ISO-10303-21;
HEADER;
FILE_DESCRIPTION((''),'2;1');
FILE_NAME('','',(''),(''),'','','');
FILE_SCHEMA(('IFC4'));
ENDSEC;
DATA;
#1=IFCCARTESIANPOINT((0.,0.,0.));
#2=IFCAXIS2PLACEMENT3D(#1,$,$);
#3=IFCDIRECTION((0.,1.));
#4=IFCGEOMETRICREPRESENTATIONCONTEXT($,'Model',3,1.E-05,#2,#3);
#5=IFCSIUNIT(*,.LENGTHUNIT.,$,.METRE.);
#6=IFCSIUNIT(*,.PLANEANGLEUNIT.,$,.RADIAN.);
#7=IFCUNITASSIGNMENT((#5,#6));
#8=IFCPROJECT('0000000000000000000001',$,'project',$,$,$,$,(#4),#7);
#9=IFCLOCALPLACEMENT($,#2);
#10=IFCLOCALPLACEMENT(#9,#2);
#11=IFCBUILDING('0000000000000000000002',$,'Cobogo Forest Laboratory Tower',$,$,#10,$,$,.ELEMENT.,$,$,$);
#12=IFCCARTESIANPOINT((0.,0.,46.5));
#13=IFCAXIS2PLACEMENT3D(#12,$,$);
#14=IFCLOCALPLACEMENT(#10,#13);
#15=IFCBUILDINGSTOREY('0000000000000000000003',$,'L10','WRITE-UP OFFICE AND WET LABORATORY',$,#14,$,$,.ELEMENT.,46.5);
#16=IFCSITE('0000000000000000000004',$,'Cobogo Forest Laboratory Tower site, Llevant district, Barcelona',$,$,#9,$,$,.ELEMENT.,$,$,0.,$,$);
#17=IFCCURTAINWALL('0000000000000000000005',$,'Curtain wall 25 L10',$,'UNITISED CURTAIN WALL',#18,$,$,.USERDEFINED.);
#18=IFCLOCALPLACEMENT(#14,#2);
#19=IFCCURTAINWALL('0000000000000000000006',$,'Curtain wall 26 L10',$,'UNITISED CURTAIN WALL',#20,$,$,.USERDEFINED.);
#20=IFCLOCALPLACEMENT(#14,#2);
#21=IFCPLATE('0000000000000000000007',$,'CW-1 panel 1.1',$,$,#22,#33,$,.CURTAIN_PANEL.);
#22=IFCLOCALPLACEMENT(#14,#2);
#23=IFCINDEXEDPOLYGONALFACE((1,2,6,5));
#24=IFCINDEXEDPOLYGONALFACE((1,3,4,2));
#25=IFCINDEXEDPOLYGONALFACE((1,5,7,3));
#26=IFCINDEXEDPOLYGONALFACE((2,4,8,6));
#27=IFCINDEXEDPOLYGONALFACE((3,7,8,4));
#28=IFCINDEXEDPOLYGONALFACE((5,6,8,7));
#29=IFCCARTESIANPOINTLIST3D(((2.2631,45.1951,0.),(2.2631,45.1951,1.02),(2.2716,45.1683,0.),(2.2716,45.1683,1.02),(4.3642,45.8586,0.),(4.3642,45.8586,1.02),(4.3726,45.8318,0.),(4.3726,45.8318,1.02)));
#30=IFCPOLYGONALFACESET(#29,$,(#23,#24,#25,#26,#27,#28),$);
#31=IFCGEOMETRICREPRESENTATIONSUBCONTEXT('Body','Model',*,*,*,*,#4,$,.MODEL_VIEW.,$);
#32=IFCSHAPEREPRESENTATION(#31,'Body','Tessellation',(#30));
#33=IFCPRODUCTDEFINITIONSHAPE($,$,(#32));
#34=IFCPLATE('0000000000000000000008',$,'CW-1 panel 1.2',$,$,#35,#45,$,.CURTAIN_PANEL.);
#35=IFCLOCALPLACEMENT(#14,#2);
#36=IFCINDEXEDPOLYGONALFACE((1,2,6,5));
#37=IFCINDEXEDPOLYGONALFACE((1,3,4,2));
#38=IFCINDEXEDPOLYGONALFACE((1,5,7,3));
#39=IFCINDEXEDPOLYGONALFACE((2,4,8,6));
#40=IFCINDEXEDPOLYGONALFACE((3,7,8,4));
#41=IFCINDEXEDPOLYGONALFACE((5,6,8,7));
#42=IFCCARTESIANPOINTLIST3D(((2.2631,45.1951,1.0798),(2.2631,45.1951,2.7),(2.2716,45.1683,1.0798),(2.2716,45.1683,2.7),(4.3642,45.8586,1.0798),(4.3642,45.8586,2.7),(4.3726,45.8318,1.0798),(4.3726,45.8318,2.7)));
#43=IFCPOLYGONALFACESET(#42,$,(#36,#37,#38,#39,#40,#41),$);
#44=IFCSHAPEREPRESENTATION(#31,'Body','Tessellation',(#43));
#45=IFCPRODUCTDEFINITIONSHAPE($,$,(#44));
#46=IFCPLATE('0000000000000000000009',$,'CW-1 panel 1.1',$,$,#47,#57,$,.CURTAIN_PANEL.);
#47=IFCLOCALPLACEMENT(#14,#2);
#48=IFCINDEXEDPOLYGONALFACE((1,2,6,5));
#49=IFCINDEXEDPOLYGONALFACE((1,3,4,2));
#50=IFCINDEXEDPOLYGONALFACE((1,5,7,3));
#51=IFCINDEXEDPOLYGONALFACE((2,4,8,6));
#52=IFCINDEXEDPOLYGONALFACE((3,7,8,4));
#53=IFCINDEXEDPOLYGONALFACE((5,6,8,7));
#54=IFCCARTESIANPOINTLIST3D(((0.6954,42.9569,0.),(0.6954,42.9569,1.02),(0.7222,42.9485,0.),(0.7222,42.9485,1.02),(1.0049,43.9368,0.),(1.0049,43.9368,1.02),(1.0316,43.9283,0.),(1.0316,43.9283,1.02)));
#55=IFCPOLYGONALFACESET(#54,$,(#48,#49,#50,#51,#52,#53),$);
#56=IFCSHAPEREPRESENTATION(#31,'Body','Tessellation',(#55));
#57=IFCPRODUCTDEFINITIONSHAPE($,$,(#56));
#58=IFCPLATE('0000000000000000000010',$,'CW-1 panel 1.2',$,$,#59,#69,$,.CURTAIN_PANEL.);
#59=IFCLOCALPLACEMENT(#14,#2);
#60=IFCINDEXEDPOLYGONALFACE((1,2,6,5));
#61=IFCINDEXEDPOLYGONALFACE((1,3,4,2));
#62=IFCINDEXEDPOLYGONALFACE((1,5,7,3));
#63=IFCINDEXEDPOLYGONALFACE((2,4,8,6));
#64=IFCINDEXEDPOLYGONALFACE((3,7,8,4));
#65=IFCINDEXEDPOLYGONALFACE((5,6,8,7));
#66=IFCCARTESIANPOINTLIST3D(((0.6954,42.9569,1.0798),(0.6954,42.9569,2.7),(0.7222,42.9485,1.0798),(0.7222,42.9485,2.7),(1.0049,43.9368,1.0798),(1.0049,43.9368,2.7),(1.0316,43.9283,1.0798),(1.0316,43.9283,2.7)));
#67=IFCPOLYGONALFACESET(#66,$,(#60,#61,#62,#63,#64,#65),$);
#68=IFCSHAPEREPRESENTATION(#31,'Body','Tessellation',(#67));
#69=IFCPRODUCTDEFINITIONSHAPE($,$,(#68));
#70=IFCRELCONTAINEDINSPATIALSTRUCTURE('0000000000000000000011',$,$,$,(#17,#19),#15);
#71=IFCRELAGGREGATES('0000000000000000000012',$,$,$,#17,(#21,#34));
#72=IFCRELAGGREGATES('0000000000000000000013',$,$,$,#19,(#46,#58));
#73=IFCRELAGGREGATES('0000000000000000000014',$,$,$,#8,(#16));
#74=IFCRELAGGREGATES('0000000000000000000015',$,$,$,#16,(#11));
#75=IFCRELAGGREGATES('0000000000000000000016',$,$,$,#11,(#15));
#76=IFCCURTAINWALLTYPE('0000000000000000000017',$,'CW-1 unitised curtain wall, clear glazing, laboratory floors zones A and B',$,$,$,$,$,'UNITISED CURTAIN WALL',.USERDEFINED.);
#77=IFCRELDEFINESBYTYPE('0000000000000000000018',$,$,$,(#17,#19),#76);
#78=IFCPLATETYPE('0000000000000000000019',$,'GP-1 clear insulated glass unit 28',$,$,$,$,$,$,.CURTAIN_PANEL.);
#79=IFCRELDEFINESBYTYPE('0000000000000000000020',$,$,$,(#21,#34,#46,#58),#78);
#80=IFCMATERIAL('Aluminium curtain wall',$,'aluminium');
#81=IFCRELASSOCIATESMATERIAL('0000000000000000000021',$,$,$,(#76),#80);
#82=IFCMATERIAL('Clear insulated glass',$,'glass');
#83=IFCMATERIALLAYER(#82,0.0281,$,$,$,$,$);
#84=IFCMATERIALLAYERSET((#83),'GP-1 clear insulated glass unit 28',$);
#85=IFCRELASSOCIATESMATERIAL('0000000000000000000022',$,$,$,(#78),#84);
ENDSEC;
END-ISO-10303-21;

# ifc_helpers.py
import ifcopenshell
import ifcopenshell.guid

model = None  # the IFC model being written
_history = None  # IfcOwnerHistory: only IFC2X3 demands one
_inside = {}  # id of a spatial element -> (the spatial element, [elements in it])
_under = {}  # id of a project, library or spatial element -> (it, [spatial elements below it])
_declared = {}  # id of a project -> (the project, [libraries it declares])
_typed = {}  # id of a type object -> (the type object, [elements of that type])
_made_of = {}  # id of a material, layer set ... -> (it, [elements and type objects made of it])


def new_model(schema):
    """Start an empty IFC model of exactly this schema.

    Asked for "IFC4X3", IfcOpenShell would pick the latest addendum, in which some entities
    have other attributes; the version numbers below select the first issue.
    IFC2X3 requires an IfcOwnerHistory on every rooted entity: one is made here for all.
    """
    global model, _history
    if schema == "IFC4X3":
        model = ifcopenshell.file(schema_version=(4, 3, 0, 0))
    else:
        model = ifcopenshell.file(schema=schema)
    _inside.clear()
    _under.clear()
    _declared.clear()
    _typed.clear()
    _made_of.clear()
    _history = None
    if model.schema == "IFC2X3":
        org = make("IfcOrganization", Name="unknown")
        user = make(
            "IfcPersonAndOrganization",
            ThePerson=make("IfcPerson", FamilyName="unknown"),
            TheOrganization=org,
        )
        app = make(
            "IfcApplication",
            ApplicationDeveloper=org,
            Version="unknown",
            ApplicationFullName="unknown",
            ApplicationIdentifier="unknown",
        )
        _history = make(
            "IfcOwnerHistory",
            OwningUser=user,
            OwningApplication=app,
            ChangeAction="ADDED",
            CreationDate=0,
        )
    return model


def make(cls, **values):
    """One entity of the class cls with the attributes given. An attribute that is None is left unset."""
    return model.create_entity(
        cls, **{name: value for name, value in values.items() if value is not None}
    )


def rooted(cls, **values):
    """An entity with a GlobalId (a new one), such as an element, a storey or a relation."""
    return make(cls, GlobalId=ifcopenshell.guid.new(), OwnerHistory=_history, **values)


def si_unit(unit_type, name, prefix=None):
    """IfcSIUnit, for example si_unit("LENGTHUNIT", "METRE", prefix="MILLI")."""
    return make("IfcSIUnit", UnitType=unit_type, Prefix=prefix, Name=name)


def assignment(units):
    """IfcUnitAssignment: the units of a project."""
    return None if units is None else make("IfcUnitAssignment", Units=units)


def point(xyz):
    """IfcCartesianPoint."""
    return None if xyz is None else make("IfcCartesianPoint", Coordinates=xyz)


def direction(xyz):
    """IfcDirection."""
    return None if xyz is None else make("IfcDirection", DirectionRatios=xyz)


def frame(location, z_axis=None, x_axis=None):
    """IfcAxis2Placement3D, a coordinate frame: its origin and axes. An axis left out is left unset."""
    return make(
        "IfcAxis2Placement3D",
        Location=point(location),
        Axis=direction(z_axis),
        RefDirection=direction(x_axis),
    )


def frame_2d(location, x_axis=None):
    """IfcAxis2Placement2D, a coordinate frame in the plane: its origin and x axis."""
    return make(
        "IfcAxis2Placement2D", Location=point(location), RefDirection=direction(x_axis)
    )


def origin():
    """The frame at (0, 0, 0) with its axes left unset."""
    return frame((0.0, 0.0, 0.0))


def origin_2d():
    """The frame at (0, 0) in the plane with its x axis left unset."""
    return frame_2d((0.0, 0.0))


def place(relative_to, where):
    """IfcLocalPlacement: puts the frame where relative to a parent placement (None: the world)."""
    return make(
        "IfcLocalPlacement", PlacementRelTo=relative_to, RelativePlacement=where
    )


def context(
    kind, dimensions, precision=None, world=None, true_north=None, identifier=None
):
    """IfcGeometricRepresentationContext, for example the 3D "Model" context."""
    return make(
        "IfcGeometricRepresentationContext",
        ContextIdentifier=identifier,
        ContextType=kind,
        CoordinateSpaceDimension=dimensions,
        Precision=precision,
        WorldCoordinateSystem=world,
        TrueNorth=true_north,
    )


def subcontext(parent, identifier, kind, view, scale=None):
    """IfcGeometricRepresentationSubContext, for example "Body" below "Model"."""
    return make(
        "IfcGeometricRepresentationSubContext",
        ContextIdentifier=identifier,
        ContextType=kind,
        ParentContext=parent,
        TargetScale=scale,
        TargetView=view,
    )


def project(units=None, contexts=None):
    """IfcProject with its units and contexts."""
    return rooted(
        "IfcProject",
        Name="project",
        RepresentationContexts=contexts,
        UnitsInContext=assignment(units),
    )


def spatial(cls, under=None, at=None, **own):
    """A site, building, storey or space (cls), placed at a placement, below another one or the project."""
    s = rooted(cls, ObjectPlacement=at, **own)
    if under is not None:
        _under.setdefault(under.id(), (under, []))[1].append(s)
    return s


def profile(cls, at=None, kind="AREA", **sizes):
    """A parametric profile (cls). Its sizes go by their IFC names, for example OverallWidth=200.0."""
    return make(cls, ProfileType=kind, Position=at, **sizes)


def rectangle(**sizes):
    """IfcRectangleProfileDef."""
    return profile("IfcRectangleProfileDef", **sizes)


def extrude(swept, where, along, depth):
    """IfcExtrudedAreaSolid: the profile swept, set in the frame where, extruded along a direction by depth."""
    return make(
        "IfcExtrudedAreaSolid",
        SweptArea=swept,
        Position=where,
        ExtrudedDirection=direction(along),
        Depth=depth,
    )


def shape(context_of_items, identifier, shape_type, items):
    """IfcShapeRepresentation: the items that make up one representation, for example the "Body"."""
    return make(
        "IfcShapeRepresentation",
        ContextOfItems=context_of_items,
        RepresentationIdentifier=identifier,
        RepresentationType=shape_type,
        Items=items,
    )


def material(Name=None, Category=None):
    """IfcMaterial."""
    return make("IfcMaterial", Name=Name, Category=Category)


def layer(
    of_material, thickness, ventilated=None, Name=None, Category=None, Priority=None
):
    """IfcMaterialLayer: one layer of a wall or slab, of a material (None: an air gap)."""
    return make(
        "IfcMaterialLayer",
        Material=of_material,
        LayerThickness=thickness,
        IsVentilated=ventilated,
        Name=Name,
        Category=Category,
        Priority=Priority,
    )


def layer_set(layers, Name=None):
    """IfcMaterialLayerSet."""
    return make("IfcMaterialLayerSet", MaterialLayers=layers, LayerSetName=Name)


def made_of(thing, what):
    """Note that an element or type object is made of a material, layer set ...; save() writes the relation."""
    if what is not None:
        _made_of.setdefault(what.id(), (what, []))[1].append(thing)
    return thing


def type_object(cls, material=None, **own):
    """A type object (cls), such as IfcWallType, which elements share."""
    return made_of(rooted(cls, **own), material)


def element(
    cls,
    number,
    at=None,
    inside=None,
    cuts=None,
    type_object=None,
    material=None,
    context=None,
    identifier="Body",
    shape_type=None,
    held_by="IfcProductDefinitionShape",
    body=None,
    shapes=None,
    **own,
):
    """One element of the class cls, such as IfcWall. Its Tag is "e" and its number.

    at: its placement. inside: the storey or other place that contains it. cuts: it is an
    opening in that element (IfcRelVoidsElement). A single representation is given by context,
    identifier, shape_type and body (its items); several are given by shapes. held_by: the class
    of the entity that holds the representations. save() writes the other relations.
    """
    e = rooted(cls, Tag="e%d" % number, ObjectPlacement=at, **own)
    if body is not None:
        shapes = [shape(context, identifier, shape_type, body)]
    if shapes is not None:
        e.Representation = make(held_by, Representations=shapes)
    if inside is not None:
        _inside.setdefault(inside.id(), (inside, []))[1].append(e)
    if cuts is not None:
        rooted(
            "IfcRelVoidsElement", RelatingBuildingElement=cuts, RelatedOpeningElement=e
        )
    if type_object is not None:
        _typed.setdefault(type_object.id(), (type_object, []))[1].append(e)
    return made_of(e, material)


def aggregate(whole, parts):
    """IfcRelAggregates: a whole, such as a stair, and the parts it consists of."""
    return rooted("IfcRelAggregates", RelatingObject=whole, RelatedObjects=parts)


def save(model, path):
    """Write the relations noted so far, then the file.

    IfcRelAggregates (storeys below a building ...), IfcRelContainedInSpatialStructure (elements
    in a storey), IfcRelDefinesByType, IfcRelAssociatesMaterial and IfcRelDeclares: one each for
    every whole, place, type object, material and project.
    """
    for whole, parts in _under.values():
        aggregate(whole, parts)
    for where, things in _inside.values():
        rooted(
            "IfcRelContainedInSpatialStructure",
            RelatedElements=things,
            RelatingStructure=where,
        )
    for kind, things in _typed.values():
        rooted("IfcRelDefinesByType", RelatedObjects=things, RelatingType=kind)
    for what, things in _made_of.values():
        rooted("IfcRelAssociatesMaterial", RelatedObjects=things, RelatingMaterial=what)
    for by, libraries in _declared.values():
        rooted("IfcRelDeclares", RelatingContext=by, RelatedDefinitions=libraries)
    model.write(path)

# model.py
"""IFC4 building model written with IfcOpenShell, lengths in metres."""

from ifc_helpers import new_model, si_unit, direction, frame, origin, origin_2d, place, context, subcontext, project, spatial, rectangle, extrude, material, layer, layer_set, type_object, element, aggregate, save


model = new_model("IFC4")

# Units and contexts
model_context = context("Model", 3, precision=1e-05, world=origin(), true_north=direction((0.0, 1.0)))
body_context = subcontext(model_context, "Body", "Model", "MODEL_VIEW")
ifc_project = project(units=[si_unit("LENGTHUNIT", "METRE"), si_unit("PLANEANGLEUNIT", "RADIAN")], contexts=[model_context])

# Site, building, storey
site_placement = place(None, origin())
site = spatial("IfcSite", under=ifc_project, at=site_placement, Name="Cobogo Forest Laboratory Tower site, Llevant district, Barcelona", CompositionType="ELEMENT", RefElevation=0.0)
building_placement = place(site_placement, origin())
building = spatial("IfcBuilding", under=site, at=building_placement, Name="Cobogo Forest Laboratory Tower", CompositionType="ELEMENT")
storey_placement = place(building_placement, frame((0.0, 0.0, 46.5)))
storey = spatial("IfcBuildingStorey", under=building, at=storey_placement, Name="L10", Description="WRITE-UP OFFICE AND WET LABORATORY", CompositionType="ELEMENT", Elevation=46.5)

# Shared definitions
ifc_material_1 = material(Name="Aluminium curtain wall", Category="aluminium")
curtain_wall_type = type_object("IfcCurtainWallType", Name="CW-1 unitised curtain wall, clear glazing, laboratory floors zones A and B", ElementType="UNITISED CURTAIN WALL", PredefinedType="USERDEFINED", material=ifc_material_1)

# Curtain walls
curtain_wall_1_placement = place(storey_placement, origin())
curtain_wall_1 = element("IfcCurtainWall", 1, at=curtain_wall_1_placement, inside=storey, type_object=curtain_wall_type, Name="Curtain wall 25 L10", ObjectType="UNITISED CURTAIN WALL", PredefinedType="USERDEFINED")
curtain_wall_2_placement = place(storey_placement, origin())
curtain_wall_2 = element("IfcCurtainWall", 2, at=curtain_wall_2_placement, inside=storey, type_object=curtain_wall_type, Name="Curtain wall 26 L10", ObjectType="UNITISED CURTAIN WALL", PredefinedType="USERDEFINED")

# Plates
ifc_material_2 = material(Name="Clear insulated glass", Category="glass")
ifc_layer = layer(ifc_material_2, 0.0281)
ifc_layer_set = layer_set([ifc_layer], Name="GP-1 clear insulated glass unit 28")
plate_type = type_object("IfcPlateType", Name="GP-1 clear insulated glass unit 28", PredefinedType="CURTAIN_PANEL", material=ifc_layer_set)
plate_1_placement = place(storey_placement, frame((3.3179, 45.5134, 0.0), z_axis=(0.0, 0.0, 1.0), x_axis=(-0.953581, -0.301135, 0.0)))
plate_1 = element("IfcPlate", 3, at=plate_1_placement, type_object=plate_type, Name="CW-1 panel 1.1", PredefinedType="CURTAIN_PANEL", context=body_context, shape_type="SweptSolid", body=[
    extrude(rectangle(XDim=2.2034, YDim=0.0281, at=origin_2d()), origin(), (0.0, 0.0, 1.0), 1.02),
])
plate_2_placement = place(storey_placement, frame((3.3179, 45.5134, 1.0798), z_axis=(0.0, 0.0, 1.0), x_axis=(-0.953581, -0.301135, 0.0)))
plate_2 = element("IfcPlate", 4, at=plate_2_placement, type_object=plate_type, Name="CW-1 panel 1.2", PredefinedType="CURTAIN_PANEL", context=body_context, shape_type="SweptSolid", body=[
    extrude(rectangle(XDim=2.2034, YDim=0.0281, at=origin_2d()), origin(), (0.0, 0.0, 1.0), 1.6201),
])
aggregate(curtain_wall_1, [plate_1, plate_2])
plate_3_placement = place(storey_placement, frame((0.8635, 43.4426, 0.0), z_axis=(0.0, 0.0, 1.0), x_axis=(-0.301135, -0.953581, 0.0)))
plate_3 = element("IfcPlate", 5, at=plate_3_placement, type_object=plate_type, Name="CW-1 panel 1.1", PredefinedType="CURTAIN_PANEL", context=body_context, shape_type="SweptSolid", body=[
    extrude(rectangle(XDim=1.0276, YDim=0.0281, at=origin_2d()), origin(), (0.0, 0.0, 1.0), 1.02),
])
plate_4_placement = place(storey_placement, frame((0.8635, 43.4426, 1.0798), z_axis=(0.0, 0.0, 1.0), x_axis=(-0.301135, -0.953581, 0.0)))
plate_4 = element("IfcPlate", 6, at=plate_4_placement, type_object=plate_type, Name="CW-1 panel 1.2", PredefinedType="CURTAIN_PANEL", context=body_context, shape_type="SweptSolid", body=[
    extrude(rectangle(XDim=1.0276, YDim=0.0281, at=origin_2d()), origin(), (0.0, 0.0, 1.0), 1.6201),
])
aggregate(curtain_wall_2, [plate_3, plate_4])

save(model, "model.ifc")
